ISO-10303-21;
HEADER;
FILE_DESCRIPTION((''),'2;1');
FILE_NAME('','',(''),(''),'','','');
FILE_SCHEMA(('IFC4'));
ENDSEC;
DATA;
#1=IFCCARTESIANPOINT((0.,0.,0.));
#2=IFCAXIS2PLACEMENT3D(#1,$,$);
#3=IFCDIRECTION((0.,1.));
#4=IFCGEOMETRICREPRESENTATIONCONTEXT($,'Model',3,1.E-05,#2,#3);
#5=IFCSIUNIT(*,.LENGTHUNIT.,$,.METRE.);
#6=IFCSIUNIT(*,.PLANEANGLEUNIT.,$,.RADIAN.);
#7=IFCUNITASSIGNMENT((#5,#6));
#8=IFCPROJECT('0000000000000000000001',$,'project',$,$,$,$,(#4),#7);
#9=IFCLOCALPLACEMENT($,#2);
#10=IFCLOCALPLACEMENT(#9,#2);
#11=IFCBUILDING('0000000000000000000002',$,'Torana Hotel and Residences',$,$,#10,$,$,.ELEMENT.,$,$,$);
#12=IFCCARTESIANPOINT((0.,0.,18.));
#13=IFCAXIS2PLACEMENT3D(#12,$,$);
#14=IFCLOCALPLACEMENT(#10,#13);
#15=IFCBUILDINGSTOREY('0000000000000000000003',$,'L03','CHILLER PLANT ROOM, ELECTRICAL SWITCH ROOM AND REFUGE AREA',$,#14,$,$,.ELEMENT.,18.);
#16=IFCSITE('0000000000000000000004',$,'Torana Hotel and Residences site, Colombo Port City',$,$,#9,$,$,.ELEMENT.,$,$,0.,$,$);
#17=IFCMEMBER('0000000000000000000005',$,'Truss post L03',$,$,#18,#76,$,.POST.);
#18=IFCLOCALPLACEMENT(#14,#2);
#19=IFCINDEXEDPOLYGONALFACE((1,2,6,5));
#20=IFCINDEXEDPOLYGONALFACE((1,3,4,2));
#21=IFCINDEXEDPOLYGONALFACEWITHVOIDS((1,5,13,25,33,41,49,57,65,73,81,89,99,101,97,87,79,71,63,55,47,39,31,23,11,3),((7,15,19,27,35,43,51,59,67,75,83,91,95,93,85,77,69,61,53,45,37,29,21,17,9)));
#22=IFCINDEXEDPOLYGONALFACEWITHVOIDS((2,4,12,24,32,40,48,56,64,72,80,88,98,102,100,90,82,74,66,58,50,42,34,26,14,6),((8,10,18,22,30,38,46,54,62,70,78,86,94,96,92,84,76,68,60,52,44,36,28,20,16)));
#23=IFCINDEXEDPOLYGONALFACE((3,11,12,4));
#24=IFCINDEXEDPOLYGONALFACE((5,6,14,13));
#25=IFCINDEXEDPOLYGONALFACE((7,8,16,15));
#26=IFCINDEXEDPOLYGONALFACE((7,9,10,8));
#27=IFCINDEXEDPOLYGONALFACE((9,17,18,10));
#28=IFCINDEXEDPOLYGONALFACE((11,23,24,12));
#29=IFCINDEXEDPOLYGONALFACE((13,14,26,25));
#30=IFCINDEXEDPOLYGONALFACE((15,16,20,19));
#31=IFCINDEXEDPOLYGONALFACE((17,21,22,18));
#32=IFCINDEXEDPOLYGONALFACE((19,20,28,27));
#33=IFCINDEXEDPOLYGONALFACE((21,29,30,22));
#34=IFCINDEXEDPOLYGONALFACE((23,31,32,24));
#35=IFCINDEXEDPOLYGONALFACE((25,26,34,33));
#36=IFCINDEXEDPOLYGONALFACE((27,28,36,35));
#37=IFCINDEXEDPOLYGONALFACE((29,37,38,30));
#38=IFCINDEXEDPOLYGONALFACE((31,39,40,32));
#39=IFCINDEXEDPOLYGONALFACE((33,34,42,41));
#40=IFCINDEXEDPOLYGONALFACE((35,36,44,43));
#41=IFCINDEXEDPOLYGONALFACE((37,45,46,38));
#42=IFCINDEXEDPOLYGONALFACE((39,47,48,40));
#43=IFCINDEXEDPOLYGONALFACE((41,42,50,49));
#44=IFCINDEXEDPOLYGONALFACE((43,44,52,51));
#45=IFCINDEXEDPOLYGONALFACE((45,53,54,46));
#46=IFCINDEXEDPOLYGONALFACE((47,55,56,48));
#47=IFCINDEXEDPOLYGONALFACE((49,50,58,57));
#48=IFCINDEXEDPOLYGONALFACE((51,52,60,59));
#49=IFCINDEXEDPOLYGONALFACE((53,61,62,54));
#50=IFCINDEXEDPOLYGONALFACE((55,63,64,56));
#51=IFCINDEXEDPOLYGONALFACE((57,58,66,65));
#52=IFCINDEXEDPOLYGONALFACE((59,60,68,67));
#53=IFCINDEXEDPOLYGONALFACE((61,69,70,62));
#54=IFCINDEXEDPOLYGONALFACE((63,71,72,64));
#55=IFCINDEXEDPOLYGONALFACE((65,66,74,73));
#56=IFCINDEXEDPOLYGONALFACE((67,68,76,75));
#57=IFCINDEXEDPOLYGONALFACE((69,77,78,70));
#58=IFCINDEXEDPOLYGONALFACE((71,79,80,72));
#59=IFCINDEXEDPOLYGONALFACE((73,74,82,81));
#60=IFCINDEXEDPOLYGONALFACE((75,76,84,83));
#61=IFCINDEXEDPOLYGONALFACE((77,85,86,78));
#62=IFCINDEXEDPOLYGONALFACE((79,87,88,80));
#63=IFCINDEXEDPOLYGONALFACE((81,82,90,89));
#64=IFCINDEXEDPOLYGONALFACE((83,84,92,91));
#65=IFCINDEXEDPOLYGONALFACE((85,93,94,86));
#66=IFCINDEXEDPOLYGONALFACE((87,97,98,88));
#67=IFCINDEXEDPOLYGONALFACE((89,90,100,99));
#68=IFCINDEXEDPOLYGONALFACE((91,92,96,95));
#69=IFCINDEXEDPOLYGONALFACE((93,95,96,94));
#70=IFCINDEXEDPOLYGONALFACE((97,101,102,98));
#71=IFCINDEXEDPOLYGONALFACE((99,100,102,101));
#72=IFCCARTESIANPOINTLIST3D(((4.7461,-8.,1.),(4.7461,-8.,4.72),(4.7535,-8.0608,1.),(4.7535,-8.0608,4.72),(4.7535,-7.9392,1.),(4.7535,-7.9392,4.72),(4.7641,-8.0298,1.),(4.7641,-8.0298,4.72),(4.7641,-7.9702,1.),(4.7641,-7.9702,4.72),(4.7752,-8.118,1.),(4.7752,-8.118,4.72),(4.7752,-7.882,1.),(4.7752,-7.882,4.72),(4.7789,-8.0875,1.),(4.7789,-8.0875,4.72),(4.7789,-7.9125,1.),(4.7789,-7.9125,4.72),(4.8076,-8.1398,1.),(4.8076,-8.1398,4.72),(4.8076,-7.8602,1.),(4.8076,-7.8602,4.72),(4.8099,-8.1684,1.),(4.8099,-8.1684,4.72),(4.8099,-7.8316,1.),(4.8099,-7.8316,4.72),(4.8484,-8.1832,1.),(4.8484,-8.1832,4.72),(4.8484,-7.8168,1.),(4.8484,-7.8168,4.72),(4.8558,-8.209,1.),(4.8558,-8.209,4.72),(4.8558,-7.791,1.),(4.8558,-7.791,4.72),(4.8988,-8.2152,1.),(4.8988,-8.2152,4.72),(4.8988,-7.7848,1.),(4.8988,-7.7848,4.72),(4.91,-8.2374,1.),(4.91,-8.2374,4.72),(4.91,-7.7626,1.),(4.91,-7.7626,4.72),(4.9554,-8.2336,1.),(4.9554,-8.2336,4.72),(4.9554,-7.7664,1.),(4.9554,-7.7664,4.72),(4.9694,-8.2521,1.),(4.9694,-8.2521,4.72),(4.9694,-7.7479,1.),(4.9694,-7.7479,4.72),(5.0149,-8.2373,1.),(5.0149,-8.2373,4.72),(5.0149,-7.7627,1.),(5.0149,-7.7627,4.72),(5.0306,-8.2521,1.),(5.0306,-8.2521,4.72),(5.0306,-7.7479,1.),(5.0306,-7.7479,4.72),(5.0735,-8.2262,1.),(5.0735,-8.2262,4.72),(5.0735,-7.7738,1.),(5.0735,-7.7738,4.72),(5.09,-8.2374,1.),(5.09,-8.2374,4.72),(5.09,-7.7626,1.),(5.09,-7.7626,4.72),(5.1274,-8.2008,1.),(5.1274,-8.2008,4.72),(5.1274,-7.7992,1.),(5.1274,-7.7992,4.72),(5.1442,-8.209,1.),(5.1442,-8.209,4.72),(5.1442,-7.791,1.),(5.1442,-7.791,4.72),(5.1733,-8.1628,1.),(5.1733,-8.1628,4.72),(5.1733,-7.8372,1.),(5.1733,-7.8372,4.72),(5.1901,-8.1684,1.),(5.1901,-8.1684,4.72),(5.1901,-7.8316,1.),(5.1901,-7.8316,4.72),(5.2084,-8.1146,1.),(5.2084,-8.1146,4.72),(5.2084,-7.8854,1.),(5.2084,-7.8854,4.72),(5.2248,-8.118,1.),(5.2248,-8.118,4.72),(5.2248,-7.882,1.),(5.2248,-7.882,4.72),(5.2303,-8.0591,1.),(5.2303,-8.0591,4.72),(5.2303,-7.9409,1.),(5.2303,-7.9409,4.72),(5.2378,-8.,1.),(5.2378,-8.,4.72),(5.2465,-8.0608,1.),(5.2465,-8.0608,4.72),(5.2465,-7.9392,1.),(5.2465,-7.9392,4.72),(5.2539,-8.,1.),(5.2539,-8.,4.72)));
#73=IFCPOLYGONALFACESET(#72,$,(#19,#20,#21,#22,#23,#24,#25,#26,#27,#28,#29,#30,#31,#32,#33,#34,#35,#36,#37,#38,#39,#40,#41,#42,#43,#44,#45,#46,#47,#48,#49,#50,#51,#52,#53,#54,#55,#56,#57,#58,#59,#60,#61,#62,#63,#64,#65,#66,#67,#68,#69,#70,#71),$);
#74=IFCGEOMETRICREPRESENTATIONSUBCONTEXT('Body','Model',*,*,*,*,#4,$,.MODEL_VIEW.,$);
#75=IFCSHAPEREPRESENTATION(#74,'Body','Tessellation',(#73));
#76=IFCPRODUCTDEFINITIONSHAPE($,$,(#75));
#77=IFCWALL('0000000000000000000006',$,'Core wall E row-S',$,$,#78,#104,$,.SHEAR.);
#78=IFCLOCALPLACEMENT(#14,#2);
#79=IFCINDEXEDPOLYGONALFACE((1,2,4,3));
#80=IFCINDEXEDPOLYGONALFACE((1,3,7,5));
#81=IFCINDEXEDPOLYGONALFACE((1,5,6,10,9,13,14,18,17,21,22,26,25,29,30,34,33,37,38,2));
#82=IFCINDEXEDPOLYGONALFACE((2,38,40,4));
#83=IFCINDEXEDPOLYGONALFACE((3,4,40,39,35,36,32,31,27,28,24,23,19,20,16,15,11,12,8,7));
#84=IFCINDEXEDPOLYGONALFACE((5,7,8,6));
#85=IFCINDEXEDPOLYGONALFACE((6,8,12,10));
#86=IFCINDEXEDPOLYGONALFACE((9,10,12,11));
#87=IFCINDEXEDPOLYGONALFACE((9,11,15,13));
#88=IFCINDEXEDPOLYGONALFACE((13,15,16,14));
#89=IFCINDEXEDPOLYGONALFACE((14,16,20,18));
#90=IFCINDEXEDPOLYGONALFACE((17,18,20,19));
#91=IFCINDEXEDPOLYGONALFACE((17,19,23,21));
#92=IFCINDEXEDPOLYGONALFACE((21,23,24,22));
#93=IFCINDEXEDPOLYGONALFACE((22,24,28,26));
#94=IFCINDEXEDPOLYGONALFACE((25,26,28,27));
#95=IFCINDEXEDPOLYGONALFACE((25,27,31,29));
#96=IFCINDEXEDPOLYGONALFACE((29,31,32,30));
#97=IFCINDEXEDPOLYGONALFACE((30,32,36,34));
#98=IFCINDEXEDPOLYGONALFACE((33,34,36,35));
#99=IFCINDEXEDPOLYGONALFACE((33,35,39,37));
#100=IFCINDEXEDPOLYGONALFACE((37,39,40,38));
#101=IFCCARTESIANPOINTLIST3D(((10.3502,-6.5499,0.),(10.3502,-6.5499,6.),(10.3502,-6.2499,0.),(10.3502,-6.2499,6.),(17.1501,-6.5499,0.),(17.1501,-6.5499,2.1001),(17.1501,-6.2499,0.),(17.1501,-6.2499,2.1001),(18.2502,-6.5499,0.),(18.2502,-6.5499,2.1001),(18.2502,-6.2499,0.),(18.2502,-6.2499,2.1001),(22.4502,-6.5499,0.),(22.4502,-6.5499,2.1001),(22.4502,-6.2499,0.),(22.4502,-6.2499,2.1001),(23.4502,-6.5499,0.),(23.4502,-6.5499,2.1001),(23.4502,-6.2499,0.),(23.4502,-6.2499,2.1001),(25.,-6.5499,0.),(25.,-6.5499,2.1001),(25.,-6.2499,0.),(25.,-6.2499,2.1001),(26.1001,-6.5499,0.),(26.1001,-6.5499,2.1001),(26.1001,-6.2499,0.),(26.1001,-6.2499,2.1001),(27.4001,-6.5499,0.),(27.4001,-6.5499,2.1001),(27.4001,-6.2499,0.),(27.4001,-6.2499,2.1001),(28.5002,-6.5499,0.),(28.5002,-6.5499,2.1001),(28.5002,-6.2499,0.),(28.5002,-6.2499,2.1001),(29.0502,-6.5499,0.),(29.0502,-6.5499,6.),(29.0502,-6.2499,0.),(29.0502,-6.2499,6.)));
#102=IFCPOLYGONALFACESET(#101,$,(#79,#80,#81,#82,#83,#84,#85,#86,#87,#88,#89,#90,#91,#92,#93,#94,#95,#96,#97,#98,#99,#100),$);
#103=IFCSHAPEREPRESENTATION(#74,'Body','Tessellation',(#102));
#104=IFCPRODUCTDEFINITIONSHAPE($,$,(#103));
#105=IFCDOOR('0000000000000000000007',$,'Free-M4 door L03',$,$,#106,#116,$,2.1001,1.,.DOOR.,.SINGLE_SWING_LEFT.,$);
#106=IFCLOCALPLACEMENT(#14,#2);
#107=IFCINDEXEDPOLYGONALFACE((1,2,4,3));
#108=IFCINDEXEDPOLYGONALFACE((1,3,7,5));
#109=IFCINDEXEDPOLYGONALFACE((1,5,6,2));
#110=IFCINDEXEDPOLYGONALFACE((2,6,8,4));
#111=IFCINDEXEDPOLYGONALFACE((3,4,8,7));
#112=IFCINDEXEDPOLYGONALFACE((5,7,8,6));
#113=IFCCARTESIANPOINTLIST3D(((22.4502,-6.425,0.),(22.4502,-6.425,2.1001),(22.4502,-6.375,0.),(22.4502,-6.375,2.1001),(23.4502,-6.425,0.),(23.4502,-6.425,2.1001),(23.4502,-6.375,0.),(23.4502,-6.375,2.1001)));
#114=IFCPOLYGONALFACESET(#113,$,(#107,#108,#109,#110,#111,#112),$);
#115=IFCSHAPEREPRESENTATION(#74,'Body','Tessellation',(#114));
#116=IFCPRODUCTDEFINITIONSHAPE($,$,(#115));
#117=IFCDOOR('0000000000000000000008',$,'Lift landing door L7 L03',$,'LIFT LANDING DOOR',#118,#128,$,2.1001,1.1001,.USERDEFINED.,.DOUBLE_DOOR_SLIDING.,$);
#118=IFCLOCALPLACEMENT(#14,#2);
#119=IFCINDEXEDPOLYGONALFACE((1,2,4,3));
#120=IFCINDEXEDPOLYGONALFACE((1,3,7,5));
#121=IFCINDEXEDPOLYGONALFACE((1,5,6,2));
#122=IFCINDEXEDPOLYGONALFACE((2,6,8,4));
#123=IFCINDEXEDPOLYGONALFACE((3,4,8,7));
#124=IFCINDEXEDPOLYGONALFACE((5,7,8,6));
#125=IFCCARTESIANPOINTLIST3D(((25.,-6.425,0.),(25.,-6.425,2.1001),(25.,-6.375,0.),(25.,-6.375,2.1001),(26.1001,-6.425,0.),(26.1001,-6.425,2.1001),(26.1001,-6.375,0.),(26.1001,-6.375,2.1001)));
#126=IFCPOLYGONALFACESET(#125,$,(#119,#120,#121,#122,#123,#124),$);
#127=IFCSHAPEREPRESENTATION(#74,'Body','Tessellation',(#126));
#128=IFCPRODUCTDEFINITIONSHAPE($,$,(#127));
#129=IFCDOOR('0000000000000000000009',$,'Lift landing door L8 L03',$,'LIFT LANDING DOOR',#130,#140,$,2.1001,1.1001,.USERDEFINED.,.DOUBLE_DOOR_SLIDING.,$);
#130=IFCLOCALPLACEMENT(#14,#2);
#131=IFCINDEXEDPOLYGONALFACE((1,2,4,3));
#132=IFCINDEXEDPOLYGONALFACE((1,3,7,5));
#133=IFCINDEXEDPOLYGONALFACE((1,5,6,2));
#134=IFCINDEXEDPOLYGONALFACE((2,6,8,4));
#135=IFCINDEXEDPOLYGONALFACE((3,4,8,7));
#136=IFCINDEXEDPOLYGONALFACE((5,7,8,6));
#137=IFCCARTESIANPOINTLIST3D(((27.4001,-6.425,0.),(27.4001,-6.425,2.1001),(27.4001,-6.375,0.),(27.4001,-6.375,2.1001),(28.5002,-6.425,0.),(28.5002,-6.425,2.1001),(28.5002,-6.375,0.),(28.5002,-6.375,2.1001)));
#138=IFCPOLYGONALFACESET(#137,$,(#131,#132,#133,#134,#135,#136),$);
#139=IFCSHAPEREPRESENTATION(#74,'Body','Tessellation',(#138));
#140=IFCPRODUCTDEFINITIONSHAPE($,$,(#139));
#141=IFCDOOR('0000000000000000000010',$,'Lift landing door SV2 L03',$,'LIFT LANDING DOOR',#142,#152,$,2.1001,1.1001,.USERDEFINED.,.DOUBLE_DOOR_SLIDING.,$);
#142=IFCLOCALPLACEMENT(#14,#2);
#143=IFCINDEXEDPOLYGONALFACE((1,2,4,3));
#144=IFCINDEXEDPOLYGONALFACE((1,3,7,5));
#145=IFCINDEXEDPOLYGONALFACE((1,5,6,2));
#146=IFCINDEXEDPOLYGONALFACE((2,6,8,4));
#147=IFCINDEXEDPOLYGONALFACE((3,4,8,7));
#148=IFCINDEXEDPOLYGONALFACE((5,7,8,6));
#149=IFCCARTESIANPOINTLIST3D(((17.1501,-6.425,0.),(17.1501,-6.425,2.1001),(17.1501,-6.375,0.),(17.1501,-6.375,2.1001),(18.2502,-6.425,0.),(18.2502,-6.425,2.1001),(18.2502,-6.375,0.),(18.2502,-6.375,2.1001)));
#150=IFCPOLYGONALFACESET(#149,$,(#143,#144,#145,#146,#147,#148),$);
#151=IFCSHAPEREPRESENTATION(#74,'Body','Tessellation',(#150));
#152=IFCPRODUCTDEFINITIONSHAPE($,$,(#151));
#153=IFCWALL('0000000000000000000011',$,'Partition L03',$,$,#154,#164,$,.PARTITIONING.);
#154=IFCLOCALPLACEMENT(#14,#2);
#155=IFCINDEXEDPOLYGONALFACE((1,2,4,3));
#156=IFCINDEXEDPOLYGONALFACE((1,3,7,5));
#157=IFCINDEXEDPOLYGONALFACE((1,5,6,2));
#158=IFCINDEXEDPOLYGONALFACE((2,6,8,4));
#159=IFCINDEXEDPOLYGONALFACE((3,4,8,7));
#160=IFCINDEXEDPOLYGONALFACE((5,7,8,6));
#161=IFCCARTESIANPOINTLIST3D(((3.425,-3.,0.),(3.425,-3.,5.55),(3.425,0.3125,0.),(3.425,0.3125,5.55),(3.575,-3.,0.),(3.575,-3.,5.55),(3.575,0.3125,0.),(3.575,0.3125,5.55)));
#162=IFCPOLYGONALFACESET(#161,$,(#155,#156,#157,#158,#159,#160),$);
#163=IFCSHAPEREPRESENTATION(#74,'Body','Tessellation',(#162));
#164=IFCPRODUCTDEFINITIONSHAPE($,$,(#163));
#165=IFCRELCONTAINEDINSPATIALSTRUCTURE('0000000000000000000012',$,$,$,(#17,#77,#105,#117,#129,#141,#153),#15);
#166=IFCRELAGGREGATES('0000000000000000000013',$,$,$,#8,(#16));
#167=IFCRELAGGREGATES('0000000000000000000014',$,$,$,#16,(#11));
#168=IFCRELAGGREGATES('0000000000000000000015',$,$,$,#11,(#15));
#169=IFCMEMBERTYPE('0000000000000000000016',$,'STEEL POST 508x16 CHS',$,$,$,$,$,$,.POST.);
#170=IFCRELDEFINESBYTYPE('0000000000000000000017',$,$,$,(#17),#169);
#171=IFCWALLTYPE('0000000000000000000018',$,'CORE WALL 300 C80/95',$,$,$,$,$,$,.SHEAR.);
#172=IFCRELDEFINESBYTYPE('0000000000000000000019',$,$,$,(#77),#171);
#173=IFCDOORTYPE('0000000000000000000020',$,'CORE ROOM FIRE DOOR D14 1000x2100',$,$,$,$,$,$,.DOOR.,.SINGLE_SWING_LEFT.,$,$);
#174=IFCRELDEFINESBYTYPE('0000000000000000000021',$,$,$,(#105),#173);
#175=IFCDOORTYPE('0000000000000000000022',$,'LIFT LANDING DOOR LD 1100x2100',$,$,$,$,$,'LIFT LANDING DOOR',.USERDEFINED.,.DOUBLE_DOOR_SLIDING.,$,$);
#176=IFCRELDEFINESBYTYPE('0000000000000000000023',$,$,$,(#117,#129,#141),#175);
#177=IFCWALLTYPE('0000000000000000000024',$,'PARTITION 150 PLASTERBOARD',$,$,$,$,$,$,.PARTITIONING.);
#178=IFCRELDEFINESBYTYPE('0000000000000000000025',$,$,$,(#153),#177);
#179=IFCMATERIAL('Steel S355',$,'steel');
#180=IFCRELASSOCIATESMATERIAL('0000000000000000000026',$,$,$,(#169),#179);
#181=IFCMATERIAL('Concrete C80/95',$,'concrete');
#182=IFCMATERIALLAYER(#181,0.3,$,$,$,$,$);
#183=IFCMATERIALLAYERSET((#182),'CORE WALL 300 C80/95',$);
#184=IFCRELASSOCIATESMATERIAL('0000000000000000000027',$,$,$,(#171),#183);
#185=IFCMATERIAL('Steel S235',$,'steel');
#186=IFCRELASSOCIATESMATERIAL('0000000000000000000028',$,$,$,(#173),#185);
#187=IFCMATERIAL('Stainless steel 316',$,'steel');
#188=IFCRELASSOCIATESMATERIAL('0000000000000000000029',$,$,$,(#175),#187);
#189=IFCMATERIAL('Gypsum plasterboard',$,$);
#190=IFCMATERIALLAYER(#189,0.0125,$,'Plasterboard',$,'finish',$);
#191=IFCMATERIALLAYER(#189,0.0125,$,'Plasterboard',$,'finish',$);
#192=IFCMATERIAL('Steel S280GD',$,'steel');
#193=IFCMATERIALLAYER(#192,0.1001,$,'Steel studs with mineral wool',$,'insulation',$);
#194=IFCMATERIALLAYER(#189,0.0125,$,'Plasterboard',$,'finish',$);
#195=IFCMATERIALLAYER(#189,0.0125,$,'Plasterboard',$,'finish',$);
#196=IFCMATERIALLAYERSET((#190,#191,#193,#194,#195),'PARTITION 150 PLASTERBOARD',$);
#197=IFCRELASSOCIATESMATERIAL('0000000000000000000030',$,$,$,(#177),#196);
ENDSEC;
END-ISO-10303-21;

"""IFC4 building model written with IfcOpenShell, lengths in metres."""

from ifc_helpers import new_model, si_unit, direction, frame, frame_2d, origin, origin_2d, place, context, subcontext, project, spatial, rectangle, hollow_circle, extrude, material, layer, layer_set, material_profile, profile_set, type_object, element, fill, save


model = new_model("IFC4")

# Units and contexts
model_context = context("Model", 3, precision=1e-05, world=origin(), true_north=direction((0.0, 1.0)))
body_context = subcontext(model_context, "Body", "Model", "MODEL_VIEW")
ifc_project = project(units=[si_unit("LENGTHUNIT", "METRE"), si_unit("PLANEANGLEUNIT", "RADIAN")], contexts=[model_context])

# Site, building, storey
site_placement = place(None, origin())
site = spatial("IfcSite", under=ifc_project, at=site_placement, Name="Torana Hotel and Residences site, Colombo Port City", CompositionType="ELEMENT", RefElevation=0.0)
building_placement = place(site_placement, origin())
building = spatial("IfcBuilding", under=site, at=building_placement, Name="Torana Hotel and Residences", CompositionType="ELEMENT")
storey_placement = place(building_placement, frame((0.0, 0.0, 18.0)))
storey = spatial("IfcBuildingStorey", under=building, at=storey_placement, Name="L03", Description="CHILLER PLANT ROOM, ELECTRICAL SWITCH ROOM AND REFUGE AREA", CompositionType="ELEMENT", Elevation=18.0)

# Member
ifc_material_1 = material(Name="Steel S355", Category="steel")
ifc_material_profile_1 = material_profile(ifc_material_1, hollow_circle(Radius=0.2539, WallThickness=0.0161, at=origin_2d()), Name="508x16 CHS")
ifc_profile_set_1 = profile_set([ifc_material_profile_1], Name="Steel S355")
member_type_1 = type_object("IfcMemberType", Name="STEEL POST 508x16 CHS", PredefinedType="POST", material=ifc_profile_set_1)
for number, where, z_axis, x_axis, name in (
    (1, (5.0, -8.0, 1.0), (0.0, 0.0, 1.0), (1.0, 0.0, 0.0), "Truss post L03"),
):
    element("IfcMember", number, at=place(storey_placement, frame(where, z_axis=z_axis, x_axis=x_axis)), inside=storey, type_object=member_type_1, Name=name, PredefinedType="POST", context=body_context, shape_type="SweptSolid", body=[
        extrude(hollow_circle(Radius=0.2539, WallThickness=0.0161, at=origin_2d()), origin(), (0.0, 0.0, 1.0), 3.72),
    ])

# Wall, openings, doors
ifc_material_2 = material(Name="Concrete C80/95", Category="concrete")
ifc_layer_1 = layer(ifc_material_2, 0.3)
ifc_layer_set_1 = layer_set([ifc_layer_1], Name="CORE WALL 300 C80/95")
wall_type_1 = type_object("IfcWallType", Name="CORE WALL 300 C80/95", PredefinedType="SHEAR", material=ifc_layer_set_1)
wall_1_placement = place(storey_placement, frame((10.3501, -6.3999, 0.0), z_axis=(0.0, 0.0, 1.0), x_axis=(1.0, 0.0, 0.0)))
wall_1 = element("IfcWall", 2, at=wall_1_placement, inside=storey, type_object=wall_type_1, Name="Core wall E row-S", PredefinedType="SHEAR", context=body_context, shape_type="SweptSolid", body=[
    extrude(rectangle(XDim=18.7, YDim=0.3, at=frame_2d((9.3501, 0.0))), origin(), (0.0, 0.0, 1.0), 6.0),
])
opening_1_placement = place(wall_1_placement, frame((14.6499, 0.0, 0.0)))
opening_1 = element("IfcOpeningElement", 3, at=opening_1_placement, cuts=wall_1, PredefinedType="OPENING", context=body_context, shape_type="SweptSolid", body=[
    extrude(rectangle(XDim=1.1001, YDim=2.1001, at=frame_2d((0.55, 1.05))), frame((0.0, 0.1599, 0.0), z_axis=(0.0, -1.0, 0.0), x_axis=(1.0, 0.0, 0.0)), (0.0, 0.0, 1.0), 0.3201),
])
opening_2_placement = place(wall_1_placement, frame((17.05, 0.0, 0.0)))
opening_2 = element("IfcOpeningElement", 4, at=opening_2_placement, cuts=wall_1, PredefinedType="OPENING", context=body_context, shape_type="SweptSolid", body=[
    extrude(rectangle(XDim=1.1001, YDim=2.1001, at=frame_2d((0.55, 1.05))), frame((0.0, 0.1599, 0.0), z_axis=(0.0, -1.0, 0.0), x_axis=(1.0, 0.0, 0.0)), (0.0, 0.0, 1.0), 0.3201),
])
opening_3_placement = place(wall_1_placement, frame((6.8, 0.0, 0.0)))
opening_3 = element("IfcOpeningElement", 5, at=opening_3_placement, cuts=wall_1, PredefinedType="OPENING", context=body_context, shape_type="SweptSolid", body=[
    extrude(rectangle(XDim=1.1001, YDim=2.1001, at=frame_2d((0.55, 1.05))), frame((0.0, 0.1599, 0.0), z_axis=(0.0, -1.0, 0.0), x_axis=(1.0, 0.0, 0.0)), (0.0, 0.0, 1.0), 0.3201),
])
opening_4_placement = place(wall_1_placement, frame((12.1001, 0.0, 0.0)))
opening_4 = element("IfcOpeningElement", 6, at=opening_4_placement, cuts=wall_1, PredefinedType="OPENING", context=body_context, shape_type="SweptSolid", body=[
    extrude(rectangle(XDim=1.0, YDim=2.1001, at=frame_2d((0.5, 1.05))), frame((0.0, 0.1599, 0.0), z_axis=(0.0, -1.0, 0.0), x_axis=(1.0, 0.0, 0.0)), (0.0, 0.0, 1.0), 0.3201),
])
ifc_material_3 = material(Name="Steel S235", Category="steel")
door_type_1 = type_object("IfcDoorType", Name="CORE ROOM FIRE DOOR D14 1000x2100", OperationType="SINGLE_SWING_LEFT", PredefinedType="DOOR", material=ifc_material_3)
door_1_placement = place(opening_4_placement, frame((0.5, 0.0, 0.0), z_axis=(0.0, 0.0, 1.0), x_axis=(-1.0, 0.0, 0.0)))
door_1 = element("IfcDoor", 7, at=door_1_placement, inside=storey, type_object=door_type_1, Name="Free-M4 door L03", OperationType="SINGLE_SWING_LEFT", OverallHeight=2.1001, OverallWidth=1.0, PredefinedType="DOOR", context=body_context, shape_type="SweptSolid", body=[
    extrude(rectangle(XDim=1.0, YDim=2.1001, at=frame_2d((0.0, 1.05))), frame((0.0, -0.0249, 0.0), z_axis=(0.0, 1.0, 0.0), x_axis=(-1.0, 0.0, 0.0)), (0.0, 0.0, 1.0), 0.05),
])
fill(opening_4, door_1)
ifc_material_4 = material(Name="Stainless steel 316", Category="steel")
door_type_2 = type_object("IfcDoorType", Name="LIFT LANDING DOOR LD 1100x2100", ElementType="LIFT LANDING DOOR", OperationType="DOUBLE_DOOR_SLIDING", PredefinedType="USERDEFINED", material=ifc_material_4)
door_2_placement = place(opening_1_placement, origin())
door_2 = element("IfcDoor", 8, at=door_2_placement, inside=storey, type_object=door_type_2, Name="Lift landing door L7 L03", ObjectType="LIFT LANDING DOOR", OperationType="DOUBLE_DOOR_SLIDING", OverallHeight=2.1001, OverallWidth=1.1001, PredefinedType="USERDEFINED", context=body_context, shape_type="SweptSolid", body=[
    extrude(rectangle(XDim=1.1001, YDim=2.1001, at=frame_2d((0.55, 1.05))), frame((0.0, 0.0249, 0.0), z_axis=(0.0, -1.0, 0.0), x_axis=(1.0, 0.0, 0.0)), (0.0, 0.0, 1.0), 0.05),
])
fill(opening_1, door_2)
door_3_placement = place(opening_2_placement, origin())
door_3 = element("IfcDoor", 9, at=door_3_placement, inside=storey, type_object=door_type_2, Name="Lift landing door L8 L03", ObjectType="LIFT LANDING DOOR", OperationType="DOUBLE_DOOR_SLIDING", OverallHeight=2.1001, OverallWidth=1.1001, PredefinedType="USERDEFINED", context=body_context, shape_type="SweptSolid", body=[
    extrude(rectangle(XDim=1.1001, YDim=2.1001, at=frame_2d((0.55, 1.05))), frame((0.0, 0.0249, 0.0), z_axis=(0.0, -1.0, 0.0), x_axis=(1.0, 0.0, 0.0)), (0.0, 0.0, 1.0), 0.05),
])
fill(opening_2, door_3)
door_4_placement = place(opening_3_placement, origin())
door_4 = element("IfcDoor", 10, at=door_4_placement, inside=storey, type_object=door_type_2, Name="Lift landing door SV2 L03", ObjectType="LIFT LANDING DOOR", OperationType="DOUBLE_DOOR_SLIDING", OverallHeight=2.1001, OverallWidth=1.1001, PredefinedType="USERDEFINED", context=body_context, shape_type="SweptSolid", body=[
    extrude(rectangle(XDim=1.1001, YDim=2.1001, at=frame_2d((0.55, 1.05))), frame((0.0, 0.0249, 0.0), z_axis=(0.0, -1.0, 0.0), x_axis=(1.0, 0.0, 0.0)), (0.0, 0.0, 1.0), 0.05),
])
fill(opening_3, door_4)

# Wall
ifc_material_5 = material(Name="Gypsum plasterboard")
ifc_layer_2 = layer(ifc_material_5, 0.0125, Name="Plasterboard", Category="finish")
ifc_layer_3 = layer(ifc_material_5, 0.0125, Name="Plasterboard", Category="finish")
ifc_material_6 = material(Name="Steel S280GD", Category="steel")
ifc_layer_4 = layer(ifc_material_6, 0.1001, Name="Steel studs with mineral wool", Category="insulation")
ifc_layer_5 = layer(ifc_material_5, 0.0125, Name="Plasterboard", Category="finish")
ifc_layer_6 = layer(ifc_material_5, 0.0125, Name="Plasterboard", Category="finish")
ifc_layer_set_2 = layer_set([ifc_layer_2, ifc_layer_3, ifc_layer_4, ifc_layer_5, ifc_layer_6], Name="PARTITION 150 PLASTERBOARD")
wall_type_2 = type_object("IfcWallType", Name="PARTITION 150 PLASTERBOARD", PredefinedType="PARTITIONING", material=ifc_layer_set_2)
wall_2_placement = place(storey_placement, frame((3.5, -3.0, 0.0), z_axis=(0.0, 0.0, 1.0), x_axis=(0.0, 1.0, 0.0)))
element("IfcWall", 11, at=wall_2_placement, inside=storey, type_object=wall_type_2, Name="Partition L03", PredefinedType="PARTITIONING", context=body_context, shape_type="SweptSolid", body=[
    extrude(rectangle(XDim=3.3125, YDim=0.1499, at=frame_2d((1.6562, 0.0))), origin(), (0.0, 0.0, 1.0), 5.55),
])

save(model, "model.ifc")
